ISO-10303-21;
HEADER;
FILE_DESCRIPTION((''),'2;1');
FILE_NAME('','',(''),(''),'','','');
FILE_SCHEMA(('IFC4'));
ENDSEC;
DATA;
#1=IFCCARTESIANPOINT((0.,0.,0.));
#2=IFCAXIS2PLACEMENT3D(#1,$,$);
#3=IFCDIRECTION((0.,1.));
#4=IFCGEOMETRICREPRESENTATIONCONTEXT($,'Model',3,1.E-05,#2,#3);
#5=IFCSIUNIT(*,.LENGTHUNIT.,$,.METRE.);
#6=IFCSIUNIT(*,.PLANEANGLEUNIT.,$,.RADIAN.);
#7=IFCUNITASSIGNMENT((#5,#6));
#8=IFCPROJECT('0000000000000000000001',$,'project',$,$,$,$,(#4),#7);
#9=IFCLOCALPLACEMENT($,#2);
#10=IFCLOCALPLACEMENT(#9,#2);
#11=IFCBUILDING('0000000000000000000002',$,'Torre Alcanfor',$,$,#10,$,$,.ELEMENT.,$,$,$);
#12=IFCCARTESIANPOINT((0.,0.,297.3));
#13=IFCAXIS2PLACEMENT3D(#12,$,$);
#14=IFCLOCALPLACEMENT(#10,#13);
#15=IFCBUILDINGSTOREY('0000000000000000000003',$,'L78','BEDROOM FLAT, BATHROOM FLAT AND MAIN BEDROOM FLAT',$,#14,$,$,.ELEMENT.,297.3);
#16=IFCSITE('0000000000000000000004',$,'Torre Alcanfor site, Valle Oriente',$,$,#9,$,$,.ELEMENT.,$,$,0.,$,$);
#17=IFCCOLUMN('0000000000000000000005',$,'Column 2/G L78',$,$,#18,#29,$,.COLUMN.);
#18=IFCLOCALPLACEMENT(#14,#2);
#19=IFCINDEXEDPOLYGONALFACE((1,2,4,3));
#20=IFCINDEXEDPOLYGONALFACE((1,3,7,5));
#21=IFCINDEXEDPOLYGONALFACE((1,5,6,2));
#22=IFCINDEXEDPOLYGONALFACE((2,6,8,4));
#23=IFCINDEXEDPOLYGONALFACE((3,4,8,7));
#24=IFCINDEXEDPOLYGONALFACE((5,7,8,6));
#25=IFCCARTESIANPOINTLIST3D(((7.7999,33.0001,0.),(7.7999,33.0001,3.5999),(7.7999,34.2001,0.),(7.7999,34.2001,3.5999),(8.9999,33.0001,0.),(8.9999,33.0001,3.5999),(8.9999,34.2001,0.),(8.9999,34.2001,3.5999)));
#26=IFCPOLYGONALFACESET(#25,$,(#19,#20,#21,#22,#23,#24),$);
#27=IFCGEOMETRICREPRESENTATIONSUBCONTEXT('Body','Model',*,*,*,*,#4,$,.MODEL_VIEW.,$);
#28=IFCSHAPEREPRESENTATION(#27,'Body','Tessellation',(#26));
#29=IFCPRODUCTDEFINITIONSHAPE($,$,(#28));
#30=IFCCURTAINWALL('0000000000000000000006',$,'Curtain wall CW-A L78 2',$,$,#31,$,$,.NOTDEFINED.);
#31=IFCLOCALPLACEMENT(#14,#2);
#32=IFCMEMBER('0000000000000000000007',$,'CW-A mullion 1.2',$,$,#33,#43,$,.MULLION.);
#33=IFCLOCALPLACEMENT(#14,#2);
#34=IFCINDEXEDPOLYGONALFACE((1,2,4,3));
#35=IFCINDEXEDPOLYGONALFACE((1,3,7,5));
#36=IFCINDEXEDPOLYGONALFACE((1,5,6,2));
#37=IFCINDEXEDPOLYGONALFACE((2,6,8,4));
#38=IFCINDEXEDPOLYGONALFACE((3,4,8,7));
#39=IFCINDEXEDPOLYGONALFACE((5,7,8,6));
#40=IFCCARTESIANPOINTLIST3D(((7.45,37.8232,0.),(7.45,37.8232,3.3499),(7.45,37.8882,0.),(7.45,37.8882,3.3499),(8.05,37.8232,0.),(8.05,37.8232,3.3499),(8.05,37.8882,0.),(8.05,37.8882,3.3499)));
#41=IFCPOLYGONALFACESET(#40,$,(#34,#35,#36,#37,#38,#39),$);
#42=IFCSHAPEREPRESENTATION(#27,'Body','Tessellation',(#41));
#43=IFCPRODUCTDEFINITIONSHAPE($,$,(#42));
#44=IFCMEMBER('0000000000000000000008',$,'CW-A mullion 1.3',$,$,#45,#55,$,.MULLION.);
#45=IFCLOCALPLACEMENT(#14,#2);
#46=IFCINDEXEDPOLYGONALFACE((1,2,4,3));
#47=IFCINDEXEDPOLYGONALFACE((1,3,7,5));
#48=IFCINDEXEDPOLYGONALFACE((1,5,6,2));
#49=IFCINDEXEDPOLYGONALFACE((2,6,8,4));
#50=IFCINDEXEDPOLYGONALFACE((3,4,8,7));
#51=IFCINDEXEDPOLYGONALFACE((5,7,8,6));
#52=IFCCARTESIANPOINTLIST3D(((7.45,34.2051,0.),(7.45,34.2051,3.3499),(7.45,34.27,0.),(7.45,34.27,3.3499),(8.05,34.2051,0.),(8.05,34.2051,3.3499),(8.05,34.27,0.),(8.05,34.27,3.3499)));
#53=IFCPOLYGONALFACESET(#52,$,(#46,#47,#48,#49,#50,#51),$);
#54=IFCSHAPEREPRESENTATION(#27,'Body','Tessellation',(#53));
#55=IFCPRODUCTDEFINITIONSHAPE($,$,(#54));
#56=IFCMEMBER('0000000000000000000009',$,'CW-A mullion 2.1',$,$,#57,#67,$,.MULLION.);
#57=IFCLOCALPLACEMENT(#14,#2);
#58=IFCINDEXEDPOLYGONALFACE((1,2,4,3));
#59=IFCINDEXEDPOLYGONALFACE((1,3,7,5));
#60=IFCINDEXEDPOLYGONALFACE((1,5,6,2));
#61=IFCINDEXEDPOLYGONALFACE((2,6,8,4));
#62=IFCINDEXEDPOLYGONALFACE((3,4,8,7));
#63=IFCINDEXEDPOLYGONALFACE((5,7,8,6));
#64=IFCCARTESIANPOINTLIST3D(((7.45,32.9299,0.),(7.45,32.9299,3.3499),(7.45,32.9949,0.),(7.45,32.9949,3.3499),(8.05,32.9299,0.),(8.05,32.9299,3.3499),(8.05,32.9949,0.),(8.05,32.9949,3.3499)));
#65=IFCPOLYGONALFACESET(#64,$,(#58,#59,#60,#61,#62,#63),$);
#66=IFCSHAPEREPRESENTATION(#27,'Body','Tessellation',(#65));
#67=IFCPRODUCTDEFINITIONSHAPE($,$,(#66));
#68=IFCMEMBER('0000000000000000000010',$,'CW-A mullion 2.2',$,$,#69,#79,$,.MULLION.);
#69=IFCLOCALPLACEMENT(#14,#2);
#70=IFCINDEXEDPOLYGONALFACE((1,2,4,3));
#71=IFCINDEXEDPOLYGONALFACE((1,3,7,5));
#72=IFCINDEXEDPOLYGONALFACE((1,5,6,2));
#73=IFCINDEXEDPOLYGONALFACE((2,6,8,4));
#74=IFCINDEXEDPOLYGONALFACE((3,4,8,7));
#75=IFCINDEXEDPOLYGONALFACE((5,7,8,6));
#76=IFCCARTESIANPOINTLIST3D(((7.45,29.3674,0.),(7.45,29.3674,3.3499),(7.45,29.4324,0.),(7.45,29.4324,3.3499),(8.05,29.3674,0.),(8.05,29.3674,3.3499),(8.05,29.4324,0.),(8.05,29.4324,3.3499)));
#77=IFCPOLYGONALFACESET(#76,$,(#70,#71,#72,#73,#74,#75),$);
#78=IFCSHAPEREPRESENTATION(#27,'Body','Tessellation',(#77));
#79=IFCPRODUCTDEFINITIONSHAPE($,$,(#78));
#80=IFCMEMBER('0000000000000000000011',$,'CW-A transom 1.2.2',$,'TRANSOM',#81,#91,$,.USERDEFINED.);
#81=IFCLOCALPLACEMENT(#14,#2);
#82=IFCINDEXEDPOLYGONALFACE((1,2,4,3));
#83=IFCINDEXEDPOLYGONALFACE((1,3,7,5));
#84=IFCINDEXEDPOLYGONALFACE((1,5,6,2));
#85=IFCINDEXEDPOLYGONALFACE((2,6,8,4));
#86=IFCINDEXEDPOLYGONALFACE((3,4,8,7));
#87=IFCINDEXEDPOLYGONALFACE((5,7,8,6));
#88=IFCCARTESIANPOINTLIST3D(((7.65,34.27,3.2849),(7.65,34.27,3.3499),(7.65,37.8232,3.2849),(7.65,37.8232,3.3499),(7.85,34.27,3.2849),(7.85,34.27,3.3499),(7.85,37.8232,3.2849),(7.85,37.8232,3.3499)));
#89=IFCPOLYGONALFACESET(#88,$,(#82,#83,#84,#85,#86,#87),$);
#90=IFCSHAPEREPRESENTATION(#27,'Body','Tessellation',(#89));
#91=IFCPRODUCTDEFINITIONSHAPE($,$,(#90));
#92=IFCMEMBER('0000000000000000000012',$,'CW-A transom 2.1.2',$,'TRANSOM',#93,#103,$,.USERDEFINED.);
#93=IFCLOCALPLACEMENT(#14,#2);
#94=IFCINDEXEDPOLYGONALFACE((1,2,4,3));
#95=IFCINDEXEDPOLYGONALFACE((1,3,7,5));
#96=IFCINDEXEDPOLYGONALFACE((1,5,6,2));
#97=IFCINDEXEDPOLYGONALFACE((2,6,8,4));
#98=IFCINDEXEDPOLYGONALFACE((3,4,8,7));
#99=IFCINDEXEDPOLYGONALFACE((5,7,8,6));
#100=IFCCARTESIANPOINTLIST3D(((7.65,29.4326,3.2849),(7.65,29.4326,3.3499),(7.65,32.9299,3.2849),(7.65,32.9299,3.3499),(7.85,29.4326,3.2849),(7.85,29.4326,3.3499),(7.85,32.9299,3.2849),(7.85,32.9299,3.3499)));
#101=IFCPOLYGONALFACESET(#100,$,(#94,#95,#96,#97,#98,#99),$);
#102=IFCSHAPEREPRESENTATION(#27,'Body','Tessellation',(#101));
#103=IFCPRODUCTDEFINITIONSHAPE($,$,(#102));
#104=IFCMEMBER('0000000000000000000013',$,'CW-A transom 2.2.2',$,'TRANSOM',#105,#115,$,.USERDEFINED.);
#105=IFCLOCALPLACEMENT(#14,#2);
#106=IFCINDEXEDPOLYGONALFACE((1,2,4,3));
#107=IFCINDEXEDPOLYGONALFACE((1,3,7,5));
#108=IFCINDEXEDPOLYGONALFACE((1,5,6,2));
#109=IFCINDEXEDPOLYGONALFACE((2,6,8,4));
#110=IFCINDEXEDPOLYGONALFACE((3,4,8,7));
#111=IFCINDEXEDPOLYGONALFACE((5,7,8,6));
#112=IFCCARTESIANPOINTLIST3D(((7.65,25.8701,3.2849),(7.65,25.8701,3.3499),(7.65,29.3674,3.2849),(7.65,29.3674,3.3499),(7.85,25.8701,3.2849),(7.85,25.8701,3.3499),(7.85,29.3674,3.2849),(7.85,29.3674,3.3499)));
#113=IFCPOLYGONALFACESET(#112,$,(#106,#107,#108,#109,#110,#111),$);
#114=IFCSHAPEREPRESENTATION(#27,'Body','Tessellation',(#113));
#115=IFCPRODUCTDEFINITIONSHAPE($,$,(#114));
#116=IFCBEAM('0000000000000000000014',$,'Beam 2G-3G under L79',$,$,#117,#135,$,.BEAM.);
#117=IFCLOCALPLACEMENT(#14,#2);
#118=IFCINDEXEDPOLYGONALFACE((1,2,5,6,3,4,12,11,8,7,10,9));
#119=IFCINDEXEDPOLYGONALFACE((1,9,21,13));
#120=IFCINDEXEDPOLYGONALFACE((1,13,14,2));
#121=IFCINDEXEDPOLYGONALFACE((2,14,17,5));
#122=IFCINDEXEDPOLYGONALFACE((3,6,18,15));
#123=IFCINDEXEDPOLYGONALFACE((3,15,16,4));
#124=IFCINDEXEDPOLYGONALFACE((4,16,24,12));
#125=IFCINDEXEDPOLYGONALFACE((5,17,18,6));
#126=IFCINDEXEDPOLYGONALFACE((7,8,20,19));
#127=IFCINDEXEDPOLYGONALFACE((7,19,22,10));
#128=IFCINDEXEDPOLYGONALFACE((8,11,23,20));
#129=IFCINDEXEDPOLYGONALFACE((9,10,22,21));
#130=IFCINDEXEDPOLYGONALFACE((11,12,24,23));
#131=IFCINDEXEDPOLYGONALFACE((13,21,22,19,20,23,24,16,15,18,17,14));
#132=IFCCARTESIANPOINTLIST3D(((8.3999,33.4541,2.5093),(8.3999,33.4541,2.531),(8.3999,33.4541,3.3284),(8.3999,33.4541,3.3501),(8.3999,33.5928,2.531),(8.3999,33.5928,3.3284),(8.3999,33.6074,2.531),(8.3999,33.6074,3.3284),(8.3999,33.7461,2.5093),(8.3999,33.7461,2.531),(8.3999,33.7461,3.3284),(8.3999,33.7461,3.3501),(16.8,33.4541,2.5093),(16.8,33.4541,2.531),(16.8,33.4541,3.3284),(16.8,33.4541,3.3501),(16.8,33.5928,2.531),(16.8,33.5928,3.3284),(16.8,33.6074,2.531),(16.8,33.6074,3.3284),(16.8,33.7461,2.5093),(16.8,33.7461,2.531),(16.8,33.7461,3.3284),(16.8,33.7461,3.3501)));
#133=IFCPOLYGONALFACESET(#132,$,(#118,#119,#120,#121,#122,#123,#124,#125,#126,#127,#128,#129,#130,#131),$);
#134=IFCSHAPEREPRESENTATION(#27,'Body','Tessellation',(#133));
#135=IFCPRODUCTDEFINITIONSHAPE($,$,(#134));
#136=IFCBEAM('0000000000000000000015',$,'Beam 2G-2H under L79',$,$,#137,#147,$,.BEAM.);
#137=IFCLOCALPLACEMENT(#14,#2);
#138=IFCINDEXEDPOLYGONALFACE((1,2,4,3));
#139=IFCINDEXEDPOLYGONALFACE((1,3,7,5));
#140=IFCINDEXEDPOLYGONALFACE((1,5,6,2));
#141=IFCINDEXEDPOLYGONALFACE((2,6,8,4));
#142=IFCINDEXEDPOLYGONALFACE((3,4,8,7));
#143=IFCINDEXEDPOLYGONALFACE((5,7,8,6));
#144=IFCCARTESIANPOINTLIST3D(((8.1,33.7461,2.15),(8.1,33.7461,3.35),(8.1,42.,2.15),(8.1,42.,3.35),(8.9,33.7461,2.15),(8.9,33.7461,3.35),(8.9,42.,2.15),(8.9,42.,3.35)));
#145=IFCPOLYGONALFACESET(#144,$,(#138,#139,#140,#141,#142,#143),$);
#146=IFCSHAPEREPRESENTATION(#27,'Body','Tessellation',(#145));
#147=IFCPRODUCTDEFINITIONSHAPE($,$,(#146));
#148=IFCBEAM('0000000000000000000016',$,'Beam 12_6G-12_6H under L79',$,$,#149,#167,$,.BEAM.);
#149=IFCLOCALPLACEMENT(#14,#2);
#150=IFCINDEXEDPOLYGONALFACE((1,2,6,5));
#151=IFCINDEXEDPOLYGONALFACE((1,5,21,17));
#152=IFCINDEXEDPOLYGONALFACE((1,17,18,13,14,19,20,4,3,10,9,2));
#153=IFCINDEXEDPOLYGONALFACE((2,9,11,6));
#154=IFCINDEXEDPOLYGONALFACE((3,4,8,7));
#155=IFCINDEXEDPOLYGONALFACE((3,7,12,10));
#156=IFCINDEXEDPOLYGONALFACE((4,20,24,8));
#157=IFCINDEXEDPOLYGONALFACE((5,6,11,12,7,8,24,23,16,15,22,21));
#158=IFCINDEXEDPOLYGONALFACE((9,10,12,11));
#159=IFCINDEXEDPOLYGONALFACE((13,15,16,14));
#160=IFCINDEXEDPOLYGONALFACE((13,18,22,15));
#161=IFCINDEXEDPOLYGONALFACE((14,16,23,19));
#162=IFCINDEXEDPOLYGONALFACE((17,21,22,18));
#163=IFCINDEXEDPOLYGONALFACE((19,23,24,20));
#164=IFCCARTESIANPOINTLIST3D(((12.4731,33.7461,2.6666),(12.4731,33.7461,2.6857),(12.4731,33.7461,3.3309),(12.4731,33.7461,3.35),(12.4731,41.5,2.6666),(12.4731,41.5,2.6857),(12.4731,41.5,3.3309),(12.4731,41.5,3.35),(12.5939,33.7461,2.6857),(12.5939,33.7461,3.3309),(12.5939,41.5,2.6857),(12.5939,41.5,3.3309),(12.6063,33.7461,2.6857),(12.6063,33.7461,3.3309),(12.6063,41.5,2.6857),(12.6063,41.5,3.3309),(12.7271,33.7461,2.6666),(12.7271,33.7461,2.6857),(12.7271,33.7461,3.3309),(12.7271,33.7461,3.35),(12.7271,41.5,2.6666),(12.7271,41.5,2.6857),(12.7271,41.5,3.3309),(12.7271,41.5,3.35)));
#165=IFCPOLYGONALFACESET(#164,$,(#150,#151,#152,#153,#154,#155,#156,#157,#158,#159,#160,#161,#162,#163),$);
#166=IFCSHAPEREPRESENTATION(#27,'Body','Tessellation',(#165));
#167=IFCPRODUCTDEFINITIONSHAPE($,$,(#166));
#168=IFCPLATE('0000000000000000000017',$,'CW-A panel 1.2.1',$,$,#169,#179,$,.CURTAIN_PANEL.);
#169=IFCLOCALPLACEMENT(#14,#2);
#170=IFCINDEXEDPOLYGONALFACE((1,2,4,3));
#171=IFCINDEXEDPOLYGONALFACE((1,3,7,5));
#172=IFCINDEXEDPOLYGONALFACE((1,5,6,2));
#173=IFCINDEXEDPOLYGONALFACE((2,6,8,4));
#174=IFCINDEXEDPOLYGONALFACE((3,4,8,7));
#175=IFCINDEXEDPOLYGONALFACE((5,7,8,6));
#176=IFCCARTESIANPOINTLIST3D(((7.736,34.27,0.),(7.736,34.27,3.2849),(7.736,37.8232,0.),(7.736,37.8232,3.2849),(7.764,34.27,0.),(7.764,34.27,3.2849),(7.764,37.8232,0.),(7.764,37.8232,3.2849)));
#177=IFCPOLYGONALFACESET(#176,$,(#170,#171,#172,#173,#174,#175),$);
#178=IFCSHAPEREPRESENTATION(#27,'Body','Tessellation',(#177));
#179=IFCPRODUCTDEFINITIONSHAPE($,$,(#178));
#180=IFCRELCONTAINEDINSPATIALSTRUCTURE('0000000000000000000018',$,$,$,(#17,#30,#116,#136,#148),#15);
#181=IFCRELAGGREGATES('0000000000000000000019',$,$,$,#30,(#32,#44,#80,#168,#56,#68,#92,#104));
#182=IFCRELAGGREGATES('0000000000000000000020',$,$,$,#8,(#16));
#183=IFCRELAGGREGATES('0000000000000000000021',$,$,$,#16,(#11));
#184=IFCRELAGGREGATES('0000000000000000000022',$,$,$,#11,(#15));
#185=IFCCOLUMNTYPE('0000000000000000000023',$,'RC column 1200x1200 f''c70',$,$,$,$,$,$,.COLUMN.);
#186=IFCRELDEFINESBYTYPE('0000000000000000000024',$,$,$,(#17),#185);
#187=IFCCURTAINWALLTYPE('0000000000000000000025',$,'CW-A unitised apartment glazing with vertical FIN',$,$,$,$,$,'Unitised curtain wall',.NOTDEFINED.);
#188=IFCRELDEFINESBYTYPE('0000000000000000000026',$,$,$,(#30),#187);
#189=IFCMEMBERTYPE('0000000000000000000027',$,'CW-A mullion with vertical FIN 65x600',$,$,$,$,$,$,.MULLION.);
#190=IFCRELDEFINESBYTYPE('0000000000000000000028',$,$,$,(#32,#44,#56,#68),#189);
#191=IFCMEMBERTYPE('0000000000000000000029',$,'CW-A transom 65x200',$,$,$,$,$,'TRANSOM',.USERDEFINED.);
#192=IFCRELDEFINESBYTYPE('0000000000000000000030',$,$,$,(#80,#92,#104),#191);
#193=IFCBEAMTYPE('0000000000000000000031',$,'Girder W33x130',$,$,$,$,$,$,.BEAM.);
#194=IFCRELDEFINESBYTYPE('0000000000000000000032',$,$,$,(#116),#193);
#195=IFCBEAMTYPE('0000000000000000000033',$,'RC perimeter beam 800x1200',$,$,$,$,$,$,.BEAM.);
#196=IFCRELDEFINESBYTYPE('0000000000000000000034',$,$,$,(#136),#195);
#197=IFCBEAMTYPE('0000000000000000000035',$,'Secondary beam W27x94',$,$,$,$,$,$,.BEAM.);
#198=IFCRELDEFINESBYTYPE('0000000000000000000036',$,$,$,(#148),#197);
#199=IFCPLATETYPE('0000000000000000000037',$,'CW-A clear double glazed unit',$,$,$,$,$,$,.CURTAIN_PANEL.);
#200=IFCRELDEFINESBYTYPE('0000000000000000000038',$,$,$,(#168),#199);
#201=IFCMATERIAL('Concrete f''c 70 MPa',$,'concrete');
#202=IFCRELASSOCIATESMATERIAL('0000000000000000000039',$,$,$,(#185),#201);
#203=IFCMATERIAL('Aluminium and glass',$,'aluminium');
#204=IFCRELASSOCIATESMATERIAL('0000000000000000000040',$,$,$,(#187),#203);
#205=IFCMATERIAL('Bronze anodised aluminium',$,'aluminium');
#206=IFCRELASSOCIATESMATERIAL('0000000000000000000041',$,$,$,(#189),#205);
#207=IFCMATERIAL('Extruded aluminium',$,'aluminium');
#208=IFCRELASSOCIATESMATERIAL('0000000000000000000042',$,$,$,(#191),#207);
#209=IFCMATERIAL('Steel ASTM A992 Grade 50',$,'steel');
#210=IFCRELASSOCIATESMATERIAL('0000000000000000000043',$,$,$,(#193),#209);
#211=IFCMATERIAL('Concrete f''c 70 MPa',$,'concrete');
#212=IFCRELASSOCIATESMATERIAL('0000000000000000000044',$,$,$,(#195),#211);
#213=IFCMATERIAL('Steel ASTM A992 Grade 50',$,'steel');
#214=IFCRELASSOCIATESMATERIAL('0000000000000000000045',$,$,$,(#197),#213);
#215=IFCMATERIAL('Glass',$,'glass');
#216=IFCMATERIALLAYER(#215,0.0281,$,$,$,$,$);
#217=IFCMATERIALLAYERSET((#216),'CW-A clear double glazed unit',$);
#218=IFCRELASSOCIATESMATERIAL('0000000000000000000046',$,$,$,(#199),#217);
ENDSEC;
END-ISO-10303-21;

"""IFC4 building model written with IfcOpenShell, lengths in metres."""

from ifc_helpers import new_model, si_unit, direction, frame, origin, origin_2d, place, context, subcontext, project, spatial, rectangle, i_section, extrude, material, layer, layer_set, material_profile, profile_set, type_object, element, aggregate, save


model = new_model("IFC4")

# Units and contexts
model_context = context("Model", 3, precision=1e-05, world=origin(), true_north=direction((0.0, 1.0)))
body_context = subcontext(model_context, "Body", "Model", "MODEL_VIEW")
ifc_project = project(units=[si_unit("LENGTHUNIT", "METRE"), si_unit("PLANEANGLEUNIT", "RADIAN")], contexts=[model_context])

# Site, building, storey
site_placement = place(None, origin())
site = spatial("IfcSite", under=ifc_project, at=site_placement, Name="Torre Alcanfor site, Valle Oriente", CompositionType="ELEMENT", RefElevation=0.0)
building_placement = place(site_placement, origin())
building = spatial("IfcBuilding", under=site, at=building_placement, Name="Torre Alcanfor", CompositionType="ELEMENT")
storey_placement = place(building_placement, frame((0.0, 0.0, 297.3)))
storey = spatial("IfcBuildingStorey", under=building, at=storey_placement, Name="L78", Description="BEDROOM FLAT, BATHROOM FLAT AND MAIN BEDROOM FLAT", CompositionType="ELEMENT", Elevation=297.3)

# Column
ifc_material_1 = material(Name="Concrete f'c 70 MPa", Category="concrete")
ifc_material_profile_1 = material_profile(ifc_material_1, rectangle(XDim=1.2, YDim=1.2, at=origin_2d()), Name="1200x1200")
ifc_profile_set_1 = profile_set([ifc_material_profile_1], Name="Concrete f'c 70 MPa")
column_type = type_object("IfcColumnType", Name="RC column 1200x1200 f'c70", PredefinedType="COLUMN", material=ifc_profile_set_1)
column_placement = place(storey_placement, frame((8.3999, 33.6001, 0.0), z_axis=(0.0, 0.0, 1.0), x_axis=(1.0, 0.0, 0.0)))
element("IfcColumn", 1, at=column_placement, inside=storey, type_object=column_type, Name="Column 2/G L78", PredefinedType="COLUMN", context=body_context, shape_type="SweptSolid", body=[
    extrude(rectangle(XDim=1.2, YDim=1.2, at=origin_2d()), origin(), (0.0, 0.0, 1.0), 3.5999),
])

# Curtain wall, members
ifc_material_2 = material(Name="Aluminium and glass", Category="aluminium")
curtain_wall_type = type_object("IfcCurtainWallType", Name="CW-A unitised apartment glazing with vertical FIN", ElementType="Unitised curtain wall", PredefinedType="NOTDEFINED", material=ifc_material_2)
curtain_wall_placement = place(storey_placement, origin())
curtain_wall = element("IfcCurtainWall", 2, at=curtain_wall_placement, inside=storey, type_object=curtain_wall_type, Name="Curtain wall CW-A L78 2", PredefinedType="NOTDEFINED")
ifc_material_3 = material(Name="Bronze anodised aluminium", Category="aluminium")
ifc_material_profile_2 = material_profile(ifc_material_3, rectangle(XDim=0.6001, YDim=0.0649, at=origin_2d()), Name="CW-A mullion 65x600")
ifc_profile_set_2 = profile_set([ifc_material_profile_2], Name="Bronze anodised aluminium")
member_type_1 = type_object("IfcMemberType", Name="CW-A mullion with vertical FIN 65x600", PredefinedType="MULLION", material=ifc_profile_set_2)
member_1_placement = place(storey_placement, frame((7.75, 37.8557, 0.0), z_axis=(0.0, 0.0, 1.0), x_axis=(1.0, 0.0, 0.0)))
member_1 = element("IfcMember", 3, at=member_1_placement, type_object=member_type_1, Name="CW-A mullion 1.2", PredefinedType="MULLION", context=body_context, shape_type="SweptSolid", body=[
    extrude(rectangle(XDim=0.6001, YDim=0.0649, at=origin_2d()), origin(), (0.0, 0.0, 1.0), 3.3499),
])
member_2_placement = place(storey_placement, frame((7.75, 34.2375, 0.0), z_axis=(0.0, 0.0, 1.0), x_axis=(1.0, 0.0, 0.0)))
member_2 = element("IfcMember", 4, at=member_2_placement, type_object=member_type_1, Name="CW-A mullion 1.3", PredefinedType="MULLION", context=body_context, shape_type="SweptSolid", body=[
    extrude(rectangle(XDim=0.6001, YDim=0.0649, at=origin_2d()), origin(), (0.0, 0.0, 1.0), 3.3499),
])
member_3_placement = place(storey_placement, frame((7.75, 32.9624, 0.0), z_axis=(0.0, 0.0, 1.0), x_axis=(1.0, 0.0, 0.0)))
member_3 = element("IfcMember", 5, at=member_3_placement, type_object=member_type_1, Name="CW-A mullion 2.1", PredefinedType="MULLION", context=body_context, shape_type="SweptSolid", body=[
    extrude(rectangle(XDim=0.6001, YDim=0.0649, at=origin_2d()), origin(), (0.0, 0.0, 1.0), 3.3499),
])
member_4_placement = place(storey_placement, frame((7.75, 29.3999, 0.0), z_axis=(0.0, 0.0, 1.0), x_axis=(1.0, 0.0, 0.0)))
member_4 = element("IfcMember", 6, at=member_4_placement, type_object=member_type_1, Name="CW-A mullion 2.2", PredefinedType="MULLION", context=body_context, shape_type="SweptSolid", body=[
    extrude(rectangle(XDim=0.6001, YDim=0.0649, at=origin_2d()), origin(), (0.0, 0.0, 1.0), 3.3499),
])
ifc_material_4 = material(Name="Extruded aluminium", Category="aluminium")
ifc_material_profile_3 = material_profile(ifc_material_4, rectangle(XDim=0.2, YDim=0.0649, at=origin_2d()), Name="CW-A transom 200x65")
ifc_profile_set_3 = profile_set([ifc_material_profile_3], Name="Extruded aluminium")
member_type_2 = type_object("IfcMemberType", Name="CW-A transom 65x200", ElementType="TRANSOM", PredefinedType="USERDEFINED", material=ifc_profile_set_3)
member_5_placement = place(storey_placement, frame((7.75, 37.8232, 3.3174), z_axis=(0.0, -1.0, 0.0), x_axis=(1.0, 0.0, 0.0)))
member_5 = element("IfcMember", 7, at=member_5_placement, type_object=member_type_2, Name="CW-A transom 1.2.2", ObjectType="TRANSOM", PredefinedType="USERDEFINED", context=body_context, shape_type="SweptSolid", body=[
    extrude(rectangle(XDim=0.2, YDim=0.0649, at=origin_2d()), origin(), (0.0, 0.0, 1.0), 3.5532),
])
member_6_placement = place(storey_placement, frame((7.75, 32.9299, 3.3174), z_axis=(0.0, -1.0, 0.0), x_axis=(1.0, 0.0, 0.0)))
member_6 = element("IfcMember", 8, at=member_6_placement, type_object=member_type_2, Name="CW-A transom 2.1.2", ObjectType="TRANSOM", PredefinedType="USERDEFINED", context=body_context, shape_type="SweptSolid", body=[
    extrude(rectangle(XDim=0.2, YDim=0.0649, at=origin_2d()), origin(), (0.0, 0.0, 1.0), 3.4973),
])
member_7_placement = place(storey_placement, frame((7.75, 29.3674, 3.3174), z_axis=(0.0, -1.0, 0.0), x_axis=(1.0, 0.0, 0.0)))
member_7 = element("IfcMember", 9, at=member_7_placement, type_object=member_type_2, Name="CW-A transom 2.2.2", ObjectType="TRANSOM", PredefinedType="USERDEFINED", context=body_context, shape_type="SweptSolid", body=[
    extrude(rectangle(XDim=0.2, YDim=0.0649, at=origin_2d()), origin(), (0.0, 0.0, 1.0), 3.4973),
])

# Beams
ifc_material_5 = material(Name="Steel ASTM A992 Grade 50", Category="steel")
ifc_material_profile_4 = material_profile(ifc_material_5, i_section(OverallWidth=0.292, OverallDepth=0.8408, WebThickness=0.0146, FlangeThickness=0.0217, at=origin_2d()), Name="W33x130")
ifc_profile_set_4 = profile_set([ifc_material_profile_4], Name="Steel ASTM A992 Grade 50")
beam_type_1 = type_object("IfcBeamType", Name="Girder W33x130", PredefinedType="BEAM", material=ifc_profile_set_4)
beam_1_placement = place(storey_placement, frame((8.3999, 33.6001, 2.9297), z_axis=(1.0, 0.0, 0.0), x_axis=(0.0, 1.0, 0.0)))
element("IfcBeam", 10, at=beam_1_placement, inside=storey, type_object=beam_type_1, Name="Beam 2G-3G under L79", PredefinedType="BEAM", context=body_context, shape_type="SweptSolid", body=[
    extrude(i_section(OverallWidth=0.292, OverallDepth=0.8408, WebThickness=0.0146, FlangeThickness=0.0217, at=origin_2d()), origin(), (0.0, 0.0, 1.0), 8.4001),
])
ifc_material_6 = material(Name="Concrete f'c 70 MPa", Category="concrete")
ifc_material_profile_5 = material_profile(ifc_material_6, rectangle(XDim=0.8, YDim=1.2, at=origin_2d()), Name="800x1200")
ifc_profile_set_5 = profile_set([ifc_material_profile_5], Name="Concrete f'c 70 MPa")
beam_type_2 = type_object("IfcBeamType", Name="RC perimeter beam 800x1200", PredefinedType="BEAM", material=ifc_profile_set_5)
beam_2_placement = place(storey_placement, frame((8.5, 33.7461, 2.75), z_axis=(0.0, 1.0, 0.0), x_axis=(-1.0, 0.0, 0.0)))
element("IfcBeam", 11, at=beam_2_placement, inside=storey, type_object=beam_type_2, Name="Beam 2G-2H under L79", PredefinedType="BEAM", context=body_context, shape_type="SweptSolid", body=[
    extrude(rectangle(XDim=0.8, YDim=1.2, at=origin_2d()), origin(), (0.0, 0.0, 1.0), 8.2539),
])
ifc_material_7 = material(Name="Steel ASTM A992 Grade 50", Category="steel")
ifc_material_profile_6 = material_profile(ifc_material_7, i_section(OverallWidth=0.2539, OverallDepth=0.6833, WebThickness=0.0125, FlangeThickness=0.019, at=origin_2d()), Name="W27x94")
ifc_profile_set_6 = profile_set([ifc_material_profile_6], Name="Steel ASTM A992 Grade 50")
beam_type_3 = type_object("IfcBeamType", Name="Secondary beam W27x94", PredefinedType="BEAM", material=ifc_profile_set_6)
beam_3_placement = place(storey_placement, frame((12.6001, 33.7461, 3.0083), z_axis=(0.0, 1.0, 0.0), x_axis=(-1.0, 0.0, 0.0)))
element("IfcBeam", 12, at=beam_3_placement, inside=storey, type_object=beam_type_3, Name="Beam 12_6G-12_6H under L79", PredefinedType="BEAM", context=body_context, shape_type="SweptSolid", body=[
    extrude(i_section(OverallWidth=0.2539, OverallDepth=0.6833, WebThickness=0.0125, FlangeThickness=0.019, at=origin_2d()), origin(), (0.0, 0.0, 1.0), 7.7539),
])

# Plate
ifc_material_8 = material(Name="Glass", Category="glass")
ifc_layer_1 = layer(ifc_material_8, 0.0281)
ifc_layer_set_1 = layer_set([ifc_layer_1], Name="CW-A clear double glazed unit")
plate_type = type_object("IfcPlateType", Name="CW-A clear double glazed unit", PredefinedType="CURTAIN_PANEL", material=ifc_layer_set_1)
plate_1_placement = place(storey_placement, frame((7.75, 36.0466, 0.0), z_axis=(0.0, 0.0, 1.0), x_axis=(0.0, -1.0, 0.0)))
plate_1 = element("IfcPlate", 13, at=plate_1_placement, type_object=plate_type, Name="CW-A panel 1.2.1", PredefinedType="CURTAIN_PANEL", context=body_context, shape_type="SweptSolid", body=[
    extrude(rectangle(XDim=3.5532, YDim=0.0281, at=origin_2d()), origin(), (0.0, 0.0, 1.0), 3.2849),
])
aggregate(curtain_wall, [member_1, member_2, member_5, plate_1, member_3, member_4, member_6, member_7])

save(model, "model.ifc")
